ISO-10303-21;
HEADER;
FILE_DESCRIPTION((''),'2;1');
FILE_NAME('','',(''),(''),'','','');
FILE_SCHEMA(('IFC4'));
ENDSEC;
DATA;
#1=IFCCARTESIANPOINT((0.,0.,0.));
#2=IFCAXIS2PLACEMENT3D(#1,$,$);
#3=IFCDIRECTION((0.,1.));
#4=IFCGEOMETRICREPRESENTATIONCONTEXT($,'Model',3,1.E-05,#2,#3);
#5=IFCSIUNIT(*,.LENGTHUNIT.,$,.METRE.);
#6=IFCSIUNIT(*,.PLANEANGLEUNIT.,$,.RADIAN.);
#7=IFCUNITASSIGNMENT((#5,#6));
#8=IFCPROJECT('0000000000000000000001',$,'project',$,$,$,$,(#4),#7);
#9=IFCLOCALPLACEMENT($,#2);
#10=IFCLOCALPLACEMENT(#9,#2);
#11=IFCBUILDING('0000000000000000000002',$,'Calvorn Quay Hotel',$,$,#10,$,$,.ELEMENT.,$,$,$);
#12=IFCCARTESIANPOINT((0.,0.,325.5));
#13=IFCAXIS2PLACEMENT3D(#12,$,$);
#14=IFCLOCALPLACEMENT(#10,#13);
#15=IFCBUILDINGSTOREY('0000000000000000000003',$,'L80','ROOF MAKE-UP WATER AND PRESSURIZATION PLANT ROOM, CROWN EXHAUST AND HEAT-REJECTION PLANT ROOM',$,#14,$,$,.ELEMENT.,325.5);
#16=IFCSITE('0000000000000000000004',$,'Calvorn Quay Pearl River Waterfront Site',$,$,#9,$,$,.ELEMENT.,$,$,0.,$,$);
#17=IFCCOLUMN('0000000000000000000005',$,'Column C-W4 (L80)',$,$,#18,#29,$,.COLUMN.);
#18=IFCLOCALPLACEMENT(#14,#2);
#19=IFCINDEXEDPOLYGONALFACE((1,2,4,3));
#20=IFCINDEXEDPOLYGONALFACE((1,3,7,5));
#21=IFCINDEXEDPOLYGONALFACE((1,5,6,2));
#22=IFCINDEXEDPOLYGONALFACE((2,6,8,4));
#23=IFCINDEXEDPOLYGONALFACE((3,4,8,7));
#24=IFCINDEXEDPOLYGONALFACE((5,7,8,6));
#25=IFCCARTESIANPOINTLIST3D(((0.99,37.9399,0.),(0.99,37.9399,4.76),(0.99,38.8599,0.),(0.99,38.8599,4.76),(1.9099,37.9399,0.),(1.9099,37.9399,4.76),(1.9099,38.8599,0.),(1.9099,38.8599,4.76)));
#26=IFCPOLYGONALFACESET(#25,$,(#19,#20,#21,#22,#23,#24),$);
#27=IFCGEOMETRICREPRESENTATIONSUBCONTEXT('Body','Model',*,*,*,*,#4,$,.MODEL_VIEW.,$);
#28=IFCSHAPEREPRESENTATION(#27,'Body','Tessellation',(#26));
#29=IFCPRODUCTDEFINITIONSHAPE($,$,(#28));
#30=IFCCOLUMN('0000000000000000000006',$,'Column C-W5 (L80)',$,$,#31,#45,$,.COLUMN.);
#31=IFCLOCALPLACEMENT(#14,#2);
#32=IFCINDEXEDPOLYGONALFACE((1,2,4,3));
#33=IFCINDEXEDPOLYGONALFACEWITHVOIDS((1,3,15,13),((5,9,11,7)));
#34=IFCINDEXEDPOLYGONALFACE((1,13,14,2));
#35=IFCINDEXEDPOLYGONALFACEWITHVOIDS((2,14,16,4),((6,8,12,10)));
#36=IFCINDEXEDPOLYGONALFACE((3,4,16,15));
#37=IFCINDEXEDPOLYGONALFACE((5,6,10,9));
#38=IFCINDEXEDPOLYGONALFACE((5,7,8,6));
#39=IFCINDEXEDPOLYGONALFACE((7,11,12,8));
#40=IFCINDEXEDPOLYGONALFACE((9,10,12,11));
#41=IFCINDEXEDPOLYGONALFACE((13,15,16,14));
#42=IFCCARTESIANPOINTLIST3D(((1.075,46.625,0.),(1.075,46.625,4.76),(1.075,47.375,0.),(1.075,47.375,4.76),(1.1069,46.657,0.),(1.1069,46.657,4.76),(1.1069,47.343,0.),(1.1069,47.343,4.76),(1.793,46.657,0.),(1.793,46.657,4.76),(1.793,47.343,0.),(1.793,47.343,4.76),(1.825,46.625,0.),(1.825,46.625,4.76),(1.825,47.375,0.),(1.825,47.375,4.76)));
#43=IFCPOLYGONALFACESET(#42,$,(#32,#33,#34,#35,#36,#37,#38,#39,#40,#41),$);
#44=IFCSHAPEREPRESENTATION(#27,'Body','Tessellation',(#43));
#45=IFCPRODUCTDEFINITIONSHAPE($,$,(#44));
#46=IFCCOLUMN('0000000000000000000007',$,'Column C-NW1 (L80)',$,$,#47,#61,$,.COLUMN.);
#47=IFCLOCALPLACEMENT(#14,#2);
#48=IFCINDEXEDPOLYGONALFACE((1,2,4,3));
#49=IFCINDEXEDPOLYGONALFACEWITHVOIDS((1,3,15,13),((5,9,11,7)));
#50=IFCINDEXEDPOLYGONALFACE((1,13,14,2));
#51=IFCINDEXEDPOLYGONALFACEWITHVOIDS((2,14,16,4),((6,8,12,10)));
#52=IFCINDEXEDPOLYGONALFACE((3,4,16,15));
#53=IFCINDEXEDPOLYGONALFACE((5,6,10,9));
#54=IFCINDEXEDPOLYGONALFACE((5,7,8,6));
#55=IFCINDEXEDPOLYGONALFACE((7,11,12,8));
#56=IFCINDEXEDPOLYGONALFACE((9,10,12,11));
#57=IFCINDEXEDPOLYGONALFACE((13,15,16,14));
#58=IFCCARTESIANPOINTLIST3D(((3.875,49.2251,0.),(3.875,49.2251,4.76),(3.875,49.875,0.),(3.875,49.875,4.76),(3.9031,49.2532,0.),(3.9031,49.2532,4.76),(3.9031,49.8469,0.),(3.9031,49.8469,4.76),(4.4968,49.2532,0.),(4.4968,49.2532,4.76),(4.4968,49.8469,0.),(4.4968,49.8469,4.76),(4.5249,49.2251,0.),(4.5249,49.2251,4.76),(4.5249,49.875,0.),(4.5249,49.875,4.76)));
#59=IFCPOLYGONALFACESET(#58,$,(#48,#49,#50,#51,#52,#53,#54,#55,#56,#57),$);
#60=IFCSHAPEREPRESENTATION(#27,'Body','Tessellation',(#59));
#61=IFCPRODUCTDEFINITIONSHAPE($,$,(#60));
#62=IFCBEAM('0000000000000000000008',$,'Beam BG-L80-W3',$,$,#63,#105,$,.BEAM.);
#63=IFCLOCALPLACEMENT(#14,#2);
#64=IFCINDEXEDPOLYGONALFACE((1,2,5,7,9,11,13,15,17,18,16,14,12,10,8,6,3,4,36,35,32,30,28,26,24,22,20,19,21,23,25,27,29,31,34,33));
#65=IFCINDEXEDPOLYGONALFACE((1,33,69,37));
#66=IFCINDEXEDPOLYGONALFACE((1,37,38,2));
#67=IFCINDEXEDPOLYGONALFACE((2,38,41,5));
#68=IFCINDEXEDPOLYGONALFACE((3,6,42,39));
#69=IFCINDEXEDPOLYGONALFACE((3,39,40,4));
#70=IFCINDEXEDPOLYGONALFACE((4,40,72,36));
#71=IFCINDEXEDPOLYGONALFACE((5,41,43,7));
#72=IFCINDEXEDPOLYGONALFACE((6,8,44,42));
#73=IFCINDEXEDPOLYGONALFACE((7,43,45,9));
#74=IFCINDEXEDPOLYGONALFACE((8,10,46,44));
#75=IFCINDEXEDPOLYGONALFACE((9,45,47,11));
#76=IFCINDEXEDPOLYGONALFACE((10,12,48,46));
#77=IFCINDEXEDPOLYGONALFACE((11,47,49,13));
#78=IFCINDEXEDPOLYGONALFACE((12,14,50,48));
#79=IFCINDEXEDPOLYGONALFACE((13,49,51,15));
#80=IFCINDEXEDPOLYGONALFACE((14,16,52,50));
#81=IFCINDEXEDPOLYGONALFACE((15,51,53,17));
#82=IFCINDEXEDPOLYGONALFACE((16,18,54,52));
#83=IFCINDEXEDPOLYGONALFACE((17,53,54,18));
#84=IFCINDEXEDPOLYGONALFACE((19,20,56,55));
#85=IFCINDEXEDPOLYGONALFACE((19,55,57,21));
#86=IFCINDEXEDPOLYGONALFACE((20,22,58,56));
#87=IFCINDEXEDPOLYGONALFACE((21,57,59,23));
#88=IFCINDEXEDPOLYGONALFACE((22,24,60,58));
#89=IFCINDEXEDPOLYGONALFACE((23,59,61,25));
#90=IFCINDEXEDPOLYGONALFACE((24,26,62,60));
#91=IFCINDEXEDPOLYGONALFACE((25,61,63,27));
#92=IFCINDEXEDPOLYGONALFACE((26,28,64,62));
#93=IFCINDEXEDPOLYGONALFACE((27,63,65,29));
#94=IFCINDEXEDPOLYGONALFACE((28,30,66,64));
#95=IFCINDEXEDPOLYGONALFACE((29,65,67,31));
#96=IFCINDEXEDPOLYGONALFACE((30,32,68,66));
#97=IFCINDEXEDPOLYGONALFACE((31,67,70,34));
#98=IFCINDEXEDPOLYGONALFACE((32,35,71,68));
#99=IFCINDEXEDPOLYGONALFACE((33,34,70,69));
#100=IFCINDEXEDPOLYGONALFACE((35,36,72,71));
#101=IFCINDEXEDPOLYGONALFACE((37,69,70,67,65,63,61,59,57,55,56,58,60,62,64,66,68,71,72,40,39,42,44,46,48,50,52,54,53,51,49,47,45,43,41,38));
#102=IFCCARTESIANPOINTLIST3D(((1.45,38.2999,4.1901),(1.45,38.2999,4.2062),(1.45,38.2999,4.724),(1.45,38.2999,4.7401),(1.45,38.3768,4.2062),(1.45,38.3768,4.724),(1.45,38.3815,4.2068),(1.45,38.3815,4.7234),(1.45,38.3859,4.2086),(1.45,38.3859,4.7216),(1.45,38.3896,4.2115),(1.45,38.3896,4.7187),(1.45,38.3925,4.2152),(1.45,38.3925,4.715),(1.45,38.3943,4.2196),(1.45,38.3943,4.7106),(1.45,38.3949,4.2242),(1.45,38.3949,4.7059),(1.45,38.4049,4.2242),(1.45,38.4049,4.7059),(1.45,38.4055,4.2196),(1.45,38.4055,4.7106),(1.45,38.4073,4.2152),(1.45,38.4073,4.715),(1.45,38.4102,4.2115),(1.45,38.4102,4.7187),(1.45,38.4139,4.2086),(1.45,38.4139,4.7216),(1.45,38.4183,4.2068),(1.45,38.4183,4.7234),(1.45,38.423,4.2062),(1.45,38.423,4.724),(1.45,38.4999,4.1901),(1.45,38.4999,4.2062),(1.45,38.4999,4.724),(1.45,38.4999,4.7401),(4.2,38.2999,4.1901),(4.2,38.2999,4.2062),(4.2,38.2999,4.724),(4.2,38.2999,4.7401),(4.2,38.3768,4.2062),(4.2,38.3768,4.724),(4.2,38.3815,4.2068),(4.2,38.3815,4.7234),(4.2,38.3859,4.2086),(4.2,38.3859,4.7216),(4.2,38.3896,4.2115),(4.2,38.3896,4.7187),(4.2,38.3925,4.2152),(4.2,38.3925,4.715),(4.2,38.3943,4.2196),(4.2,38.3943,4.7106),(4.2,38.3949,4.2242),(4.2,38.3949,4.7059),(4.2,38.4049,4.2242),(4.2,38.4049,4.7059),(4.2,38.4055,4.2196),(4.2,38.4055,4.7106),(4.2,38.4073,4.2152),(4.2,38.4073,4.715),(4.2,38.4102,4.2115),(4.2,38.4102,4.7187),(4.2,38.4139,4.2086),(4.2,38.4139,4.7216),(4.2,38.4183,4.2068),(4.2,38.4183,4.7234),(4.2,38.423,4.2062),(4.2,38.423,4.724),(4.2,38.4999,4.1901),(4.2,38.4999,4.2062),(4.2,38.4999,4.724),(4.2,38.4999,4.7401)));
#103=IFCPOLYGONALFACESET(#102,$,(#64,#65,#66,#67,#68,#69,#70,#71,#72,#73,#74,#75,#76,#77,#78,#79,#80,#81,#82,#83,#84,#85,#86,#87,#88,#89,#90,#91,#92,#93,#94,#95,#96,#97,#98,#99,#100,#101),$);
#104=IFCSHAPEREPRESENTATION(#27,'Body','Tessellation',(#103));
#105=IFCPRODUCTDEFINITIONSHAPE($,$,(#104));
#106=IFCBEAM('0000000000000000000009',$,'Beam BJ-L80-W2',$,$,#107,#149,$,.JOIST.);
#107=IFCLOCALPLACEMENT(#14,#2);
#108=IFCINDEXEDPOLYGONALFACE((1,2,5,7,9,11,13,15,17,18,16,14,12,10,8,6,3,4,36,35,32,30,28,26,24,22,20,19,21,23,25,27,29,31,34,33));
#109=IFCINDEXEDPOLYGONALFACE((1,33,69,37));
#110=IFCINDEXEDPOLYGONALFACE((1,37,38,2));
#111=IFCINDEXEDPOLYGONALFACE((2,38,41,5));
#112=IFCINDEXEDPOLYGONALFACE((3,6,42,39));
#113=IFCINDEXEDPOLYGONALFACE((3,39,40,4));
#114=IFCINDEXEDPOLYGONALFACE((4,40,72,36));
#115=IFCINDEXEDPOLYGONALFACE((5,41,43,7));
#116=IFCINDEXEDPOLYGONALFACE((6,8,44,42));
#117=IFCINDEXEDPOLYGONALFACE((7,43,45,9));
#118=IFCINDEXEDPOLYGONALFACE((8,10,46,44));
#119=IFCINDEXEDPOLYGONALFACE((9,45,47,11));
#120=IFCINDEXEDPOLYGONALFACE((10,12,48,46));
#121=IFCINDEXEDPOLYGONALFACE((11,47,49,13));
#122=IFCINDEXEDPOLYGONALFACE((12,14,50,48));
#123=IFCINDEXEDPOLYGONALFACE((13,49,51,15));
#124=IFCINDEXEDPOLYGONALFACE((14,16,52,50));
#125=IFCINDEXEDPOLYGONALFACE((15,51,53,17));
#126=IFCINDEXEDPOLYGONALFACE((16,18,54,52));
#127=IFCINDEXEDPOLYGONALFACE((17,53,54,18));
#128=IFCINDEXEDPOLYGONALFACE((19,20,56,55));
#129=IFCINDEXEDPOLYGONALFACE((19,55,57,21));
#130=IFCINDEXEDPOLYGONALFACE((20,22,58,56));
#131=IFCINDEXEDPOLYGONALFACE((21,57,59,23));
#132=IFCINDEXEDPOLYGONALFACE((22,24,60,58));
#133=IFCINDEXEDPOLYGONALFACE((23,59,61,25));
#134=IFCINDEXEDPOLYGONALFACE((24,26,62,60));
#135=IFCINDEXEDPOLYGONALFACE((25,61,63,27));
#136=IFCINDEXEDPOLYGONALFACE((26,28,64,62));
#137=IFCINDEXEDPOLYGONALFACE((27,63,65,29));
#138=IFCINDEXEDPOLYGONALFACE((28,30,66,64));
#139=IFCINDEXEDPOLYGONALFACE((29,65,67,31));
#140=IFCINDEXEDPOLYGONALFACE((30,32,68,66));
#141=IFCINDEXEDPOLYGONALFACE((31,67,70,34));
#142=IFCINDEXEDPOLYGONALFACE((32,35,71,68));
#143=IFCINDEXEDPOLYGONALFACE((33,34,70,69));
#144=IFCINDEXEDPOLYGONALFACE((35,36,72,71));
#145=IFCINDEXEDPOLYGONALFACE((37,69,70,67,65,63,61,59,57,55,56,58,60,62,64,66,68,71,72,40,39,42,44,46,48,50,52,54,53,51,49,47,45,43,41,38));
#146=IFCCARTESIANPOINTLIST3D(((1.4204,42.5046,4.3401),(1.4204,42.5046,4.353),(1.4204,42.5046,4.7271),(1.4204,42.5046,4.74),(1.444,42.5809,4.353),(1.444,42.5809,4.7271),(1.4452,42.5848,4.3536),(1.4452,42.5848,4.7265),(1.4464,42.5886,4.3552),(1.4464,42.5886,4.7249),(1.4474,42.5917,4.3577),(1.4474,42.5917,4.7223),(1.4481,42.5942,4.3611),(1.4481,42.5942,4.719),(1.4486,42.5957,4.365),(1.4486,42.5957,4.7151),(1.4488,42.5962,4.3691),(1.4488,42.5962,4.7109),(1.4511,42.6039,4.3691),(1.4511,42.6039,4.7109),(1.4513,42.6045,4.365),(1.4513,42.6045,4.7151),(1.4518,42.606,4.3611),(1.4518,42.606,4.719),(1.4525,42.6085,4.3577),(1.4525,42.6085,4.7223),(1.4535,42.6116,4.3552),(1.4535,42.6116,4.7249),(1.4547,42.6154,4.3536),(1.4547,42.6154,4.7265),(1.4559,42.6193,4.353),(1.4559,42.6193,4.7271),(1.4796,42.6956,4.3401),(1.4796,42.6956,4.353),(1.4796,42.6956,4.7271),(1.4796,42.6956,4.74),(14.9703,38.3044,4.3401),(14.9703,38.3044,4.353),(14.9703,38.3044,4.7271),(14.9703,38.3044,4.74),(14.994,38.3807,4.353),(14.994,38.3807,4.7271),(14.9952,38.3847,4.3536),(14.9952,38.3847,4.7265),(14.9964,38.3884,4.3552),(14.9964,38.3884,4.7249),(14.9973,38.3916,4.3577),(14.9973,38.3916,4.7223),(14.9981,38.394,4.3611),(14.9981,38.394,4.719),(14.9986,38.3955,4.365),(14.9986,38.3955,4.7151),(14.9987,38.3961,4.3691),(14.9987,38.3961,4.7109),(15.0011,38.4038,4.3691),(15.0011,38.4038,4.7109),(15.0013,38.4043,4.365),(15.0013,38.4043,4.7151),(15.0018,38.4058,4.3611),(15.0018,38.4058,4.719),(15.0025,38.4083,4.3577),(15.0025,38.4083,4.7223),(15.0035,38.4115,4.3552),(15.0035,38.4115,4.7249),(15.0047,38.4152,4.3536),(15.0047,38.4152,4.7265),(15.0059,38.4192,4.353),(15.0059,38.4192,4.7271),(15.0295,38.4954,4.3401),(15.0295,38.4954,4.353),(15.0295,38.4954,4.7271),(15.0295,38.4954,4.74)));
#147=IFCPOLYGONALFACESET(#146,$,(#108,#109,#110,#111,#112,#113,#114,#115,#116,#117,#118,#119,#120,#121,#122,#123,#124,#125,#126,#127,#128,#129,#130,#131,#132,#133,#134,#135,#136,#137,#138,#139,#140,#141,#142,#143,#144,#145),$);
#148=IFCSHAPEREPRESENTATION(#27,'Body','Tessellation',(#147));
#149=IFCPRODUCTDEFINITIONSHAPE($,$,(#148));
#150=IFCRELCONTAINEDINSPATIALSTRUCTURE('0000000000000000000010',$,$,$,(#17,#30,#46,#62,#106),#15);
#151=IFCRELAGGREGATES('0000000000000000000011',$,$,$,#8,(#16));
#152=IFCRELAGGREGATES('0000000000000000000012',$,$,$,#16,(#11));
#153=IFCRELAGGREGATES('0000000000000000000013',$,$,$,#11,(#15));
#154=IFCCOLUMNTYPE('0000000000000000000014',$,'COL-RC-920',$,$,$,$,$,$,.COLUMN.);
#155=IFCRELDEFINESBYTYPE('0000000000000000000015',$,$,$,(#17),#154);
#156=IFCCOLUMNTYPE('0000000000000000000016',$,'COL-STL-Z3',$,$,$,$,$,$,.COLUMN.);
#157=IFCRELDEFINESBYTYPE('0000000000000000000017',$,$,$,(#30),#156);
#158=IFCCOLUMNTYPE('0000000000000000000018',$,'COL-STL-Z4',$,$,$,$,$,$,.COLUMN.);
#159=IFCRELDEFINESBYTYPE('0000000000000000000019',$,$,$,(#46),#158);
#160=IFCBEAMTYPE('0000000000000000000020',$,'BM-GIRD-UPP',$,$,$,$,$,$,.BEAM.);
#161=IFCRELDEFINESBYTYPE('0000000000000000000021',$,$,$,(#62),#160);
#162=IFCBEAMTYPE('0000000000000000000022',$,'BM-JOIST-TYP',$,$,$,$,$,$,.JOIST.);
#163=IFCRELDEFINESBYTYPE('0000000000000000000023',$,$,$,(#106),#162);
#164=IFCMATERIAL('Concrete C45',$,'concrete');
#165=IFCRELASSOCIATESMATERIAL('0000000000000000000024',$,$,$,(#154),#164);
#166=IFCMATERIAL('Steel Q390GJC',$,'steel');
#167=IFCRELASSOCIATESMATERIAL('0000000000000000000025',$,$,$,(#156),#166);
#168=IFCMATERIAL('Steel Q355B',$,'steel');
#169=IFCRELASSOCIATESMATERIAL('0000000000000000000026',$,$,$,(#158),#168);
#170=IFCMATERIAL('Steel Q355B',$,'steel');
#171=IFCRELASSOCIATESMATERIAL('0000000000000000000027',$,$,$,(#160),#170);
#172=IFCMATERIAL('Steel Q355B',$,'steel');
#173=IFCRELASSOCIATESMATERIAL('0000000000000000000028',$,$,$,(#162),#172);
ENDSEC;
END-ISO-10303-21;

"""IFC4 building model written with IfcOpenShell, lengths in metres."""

from ifc_helpers import new_model, si_unit, direction, frame, origin, origin_2d, place, context, subcontext, project, spatial, rectangle, hollow_rectangle, i_section, extrude, material, material_profile, profile_set, type_object, element, save


model = new_model("IFC4")

# Units and contexts
model_context = context("Model", 3, precision=1e-05, world=origin(), true_north=direction((0.0, 1.0)))
body_context = subcontext(model_context, "Body", "Model", "MODEL_VIEW")
ifc_project = project(units=[si_unit("LENGTHUNIT", "METRE"), si_unit("PLANEANGLEUNIT", "RADIAN")], contexts=[model_context])

# Site, building, storey
site_placement = place(None, origin())
site = spatial("IfcSite", under=ifc_project, at=site_placement, Name="Calvorn Quay Pearl River Waterfront Site", CompositionType="ELEMENT", RefElevation=0.0)
building_placement = place(site_placement, origin())
building = spatial("IfcBuilding", under=site, at=building_placement, Name="Calvorn Quay Hotel", CompositionType="ELEMENT")
storey_placement = place(building_placement, frame((0.0, 0.0, 325.5)))
storey = spatial("IfcBuildingStorey", under=building, at=storey_placement, Name="L80", Description="ROOF MAKE-UP WATER AND PRESSURIZATION PLANT ROOM, CROWN EXHAUST AND HEAT-REJECTION PLANT ROOM", CompositionType="ELEMENT", Elevation=325.5)

# Columns
ifc_material_1 = material(Name="Concrete C45", Category="concrete")
ifc_material_profile_1 = material_profile(ifc_material_1, rectangle(XDim=0.9199, YDim=0.9199, at=origin_2d()), Name="RC920x920")
ifc_profile_set_1 = profile_set([ifc_material_profile_1], Name="Concrete C45")
column_type_1 = type_object("IfcColumnType", Name="COL-RC-920", PredefinedType="COLUMN", material=ifc_profile_set_1)
column_1_placement = place(storey_placement, frame((1.45, 38.3999, 0.0), z_axis=(0.0, 0.0, 1.0), x_axis=(1.0, 0.0, 0.0)))
element("IfcColumn", 1, at=column_1_placement, inside=storey, type_object=column_type_1, Name="Column C-W4 (L80)", PredefinedType="COLUMN", context=body_context, shape_type="SweptSolid", body=[
    extrude(rectangle(XDim=0.9199, YDim=0.9199, at=origin_2d()), origin(), (0.0, 0.0, 1.0), 4.76),
])
ifc_material_2 = material(Name="Steel Q390GJC", Category="steel")
ifc_material_profile_2 = material_profile(ifc_material_2, hollow_rectangle(XDim=0.75, YDim=0.75, WallThickness=0.032, at=origin_2d()), Name="BOX750x750x32")
ifc_profile_set_2 = profile_set([ifc_material_profile_2], Name="Steel Q390GJC")
column_type_2 = type_object("IfcColumnType", Name="COL-STL-Z3", PredefinedType="COLUMN", material=ifc_profile_set_2)
column_2_placement = place(storey_placement, frame((1.45, 47.0, 0.0), z_axis=(0.0, 0.0, 1.0), x_axis=(1.0, 0.0, 0.0)))
element("IfcColumn", 2, at=column_2_placement, inside=storey, type_object=column_type_2, Name="Column C-W5 (L80)", PredefinedType="COLUMN", context=body_context, shape_type="SweptSolid", body=[
    extrude(hollow_rectangle(XDim=0.75, YDim=0.75, WallThickness=0.032, at=origin_2d()), origin(), (0.0, 0.0, 1.0), 4.76),
])
ifc_material_3 = material(Name="Steel Q355B", Category="steel")
ifc_material_profile_3 = material_profile(ifc_material_3, hollow_rectangle(XDim=0.6499, YDim=0.6499, WallThickness=0.0281, at=origin_2d()), Name="BOX650x650x28")
ifc_profile_set_3 = profile_set([ifc_material_profile_3], Name="Steel Q355B")
column_type_3 = type_object("IfcColumnType", Name="COL-STL-Z4", PredefinedType="COLUMN", material=ifc_profile_set_3)
column_3_placement = place(storey_placement, frame((4.2, 49.55, 0.0), z_axis=(0.0, 0.0, 1.0), x_axis=(1.0, 0.0, 0.0)))
element("IfcColumn", 3, at=column_3_placement, inside=storey, type_object=column_type_3, Name="Column C-NW1 (L80)", PredefinedType="COLUMN", context=body_context, shape_type="SweptSolid", body=[
    extrude(hollow_rectangle(XDim=0.6499, YDim=0.6499, WallThickness=0.0281, at=origin_2d()), origin(), (0.0, 0.0, 1.0), 4.76),
])

# Beams
ifc_material_4 = material(Name="Steel Q355B", Category="steel")
ifc_material_profile_4 = material_profile(ifc_material_4, i_section(OverallWidth=0.2, OverallDepth=0.55, WebThickness=0.01, FlangeThickness=0.0161, FilletRadius=0.0181, at=origin_2d()), Name="HN550x200x10x16")
ifc_profile_set_4 = profile_set([ifc_material_profile_4], Name="Steel Q355B")
beam_type_1 = type_object("IfcBeamType", Name="BM-GIRD-UPP", PredefinedType="BEAM", material=ifc_profile_set_4)
beam_1_placement = place(storey_placement, frame((1.45, 38.3999, 4.4651), z_axis=(1.0, 0.0, 0.0), x_axis=(0.0, 1.0, 0.0)))
element("IfcBeam", 4, at=beam_1_placement, inside=storey, type_object=beam_type_1, Name="Beam BG-L80-W3", PredefinedType="BEAM", context=body_context, shape_type="SweptSolid", body=[
    extrude(i_section(OverallWidth=0.2, OverallDepth=0.55, WebThickness=0.01, FlangeThickness=0.0161, FilletRadius=0.0181, at=origin_2d()), origin(), (0.0, 0.0, 1.0), 2.75),
])
ifc_material_5 = material(Name="Steel Q355B", Category="steel")
ifc_material_profile_5 = material_profile(ifc_material_5, i_section(OverallWidth=0.2, OverallDepth=0.3999, WebThickness=0.0081, FlangeThickness=0.0129, FilletRadius=0.0161, at=origin_2d()), Name="HN400x200x8x13")
ifc_profile_set_5 = profile_set([ifc_material_profile_5], Name="Steel Q355B")
beam_type_2 = type_object("IfcBeamType", Name="BM-JOIST-TYP", PredefinedType="JOIST", material=ifc_profile_set_5)
beam_2_placement = place(storey_placement, frame((1.45, 42.6001, 4.54), z_axis=(0.955164, -0.296078, 0.0), x_axis=(0.296078, 0.955164, 0.0)))
element("IfcBeam", 5, at=beam_2_placement, inside=storey, type_object=beam_type_2, Name="Beam BJ-L80-W2", PredefinedType="JOIST", context=body_context, shape_type="SweptSolid", body=[
    extrude(i_section(OverallWidth=0.2, OverallDepth=0.3999, WebThickness=0.0081, FlangeThickness=0.0129, FilletRadius=0.0161, at=origin_2d()), origin(), (0.0, 0.0, 1.0), 14.186),
])

save(model, "model.ifc")
